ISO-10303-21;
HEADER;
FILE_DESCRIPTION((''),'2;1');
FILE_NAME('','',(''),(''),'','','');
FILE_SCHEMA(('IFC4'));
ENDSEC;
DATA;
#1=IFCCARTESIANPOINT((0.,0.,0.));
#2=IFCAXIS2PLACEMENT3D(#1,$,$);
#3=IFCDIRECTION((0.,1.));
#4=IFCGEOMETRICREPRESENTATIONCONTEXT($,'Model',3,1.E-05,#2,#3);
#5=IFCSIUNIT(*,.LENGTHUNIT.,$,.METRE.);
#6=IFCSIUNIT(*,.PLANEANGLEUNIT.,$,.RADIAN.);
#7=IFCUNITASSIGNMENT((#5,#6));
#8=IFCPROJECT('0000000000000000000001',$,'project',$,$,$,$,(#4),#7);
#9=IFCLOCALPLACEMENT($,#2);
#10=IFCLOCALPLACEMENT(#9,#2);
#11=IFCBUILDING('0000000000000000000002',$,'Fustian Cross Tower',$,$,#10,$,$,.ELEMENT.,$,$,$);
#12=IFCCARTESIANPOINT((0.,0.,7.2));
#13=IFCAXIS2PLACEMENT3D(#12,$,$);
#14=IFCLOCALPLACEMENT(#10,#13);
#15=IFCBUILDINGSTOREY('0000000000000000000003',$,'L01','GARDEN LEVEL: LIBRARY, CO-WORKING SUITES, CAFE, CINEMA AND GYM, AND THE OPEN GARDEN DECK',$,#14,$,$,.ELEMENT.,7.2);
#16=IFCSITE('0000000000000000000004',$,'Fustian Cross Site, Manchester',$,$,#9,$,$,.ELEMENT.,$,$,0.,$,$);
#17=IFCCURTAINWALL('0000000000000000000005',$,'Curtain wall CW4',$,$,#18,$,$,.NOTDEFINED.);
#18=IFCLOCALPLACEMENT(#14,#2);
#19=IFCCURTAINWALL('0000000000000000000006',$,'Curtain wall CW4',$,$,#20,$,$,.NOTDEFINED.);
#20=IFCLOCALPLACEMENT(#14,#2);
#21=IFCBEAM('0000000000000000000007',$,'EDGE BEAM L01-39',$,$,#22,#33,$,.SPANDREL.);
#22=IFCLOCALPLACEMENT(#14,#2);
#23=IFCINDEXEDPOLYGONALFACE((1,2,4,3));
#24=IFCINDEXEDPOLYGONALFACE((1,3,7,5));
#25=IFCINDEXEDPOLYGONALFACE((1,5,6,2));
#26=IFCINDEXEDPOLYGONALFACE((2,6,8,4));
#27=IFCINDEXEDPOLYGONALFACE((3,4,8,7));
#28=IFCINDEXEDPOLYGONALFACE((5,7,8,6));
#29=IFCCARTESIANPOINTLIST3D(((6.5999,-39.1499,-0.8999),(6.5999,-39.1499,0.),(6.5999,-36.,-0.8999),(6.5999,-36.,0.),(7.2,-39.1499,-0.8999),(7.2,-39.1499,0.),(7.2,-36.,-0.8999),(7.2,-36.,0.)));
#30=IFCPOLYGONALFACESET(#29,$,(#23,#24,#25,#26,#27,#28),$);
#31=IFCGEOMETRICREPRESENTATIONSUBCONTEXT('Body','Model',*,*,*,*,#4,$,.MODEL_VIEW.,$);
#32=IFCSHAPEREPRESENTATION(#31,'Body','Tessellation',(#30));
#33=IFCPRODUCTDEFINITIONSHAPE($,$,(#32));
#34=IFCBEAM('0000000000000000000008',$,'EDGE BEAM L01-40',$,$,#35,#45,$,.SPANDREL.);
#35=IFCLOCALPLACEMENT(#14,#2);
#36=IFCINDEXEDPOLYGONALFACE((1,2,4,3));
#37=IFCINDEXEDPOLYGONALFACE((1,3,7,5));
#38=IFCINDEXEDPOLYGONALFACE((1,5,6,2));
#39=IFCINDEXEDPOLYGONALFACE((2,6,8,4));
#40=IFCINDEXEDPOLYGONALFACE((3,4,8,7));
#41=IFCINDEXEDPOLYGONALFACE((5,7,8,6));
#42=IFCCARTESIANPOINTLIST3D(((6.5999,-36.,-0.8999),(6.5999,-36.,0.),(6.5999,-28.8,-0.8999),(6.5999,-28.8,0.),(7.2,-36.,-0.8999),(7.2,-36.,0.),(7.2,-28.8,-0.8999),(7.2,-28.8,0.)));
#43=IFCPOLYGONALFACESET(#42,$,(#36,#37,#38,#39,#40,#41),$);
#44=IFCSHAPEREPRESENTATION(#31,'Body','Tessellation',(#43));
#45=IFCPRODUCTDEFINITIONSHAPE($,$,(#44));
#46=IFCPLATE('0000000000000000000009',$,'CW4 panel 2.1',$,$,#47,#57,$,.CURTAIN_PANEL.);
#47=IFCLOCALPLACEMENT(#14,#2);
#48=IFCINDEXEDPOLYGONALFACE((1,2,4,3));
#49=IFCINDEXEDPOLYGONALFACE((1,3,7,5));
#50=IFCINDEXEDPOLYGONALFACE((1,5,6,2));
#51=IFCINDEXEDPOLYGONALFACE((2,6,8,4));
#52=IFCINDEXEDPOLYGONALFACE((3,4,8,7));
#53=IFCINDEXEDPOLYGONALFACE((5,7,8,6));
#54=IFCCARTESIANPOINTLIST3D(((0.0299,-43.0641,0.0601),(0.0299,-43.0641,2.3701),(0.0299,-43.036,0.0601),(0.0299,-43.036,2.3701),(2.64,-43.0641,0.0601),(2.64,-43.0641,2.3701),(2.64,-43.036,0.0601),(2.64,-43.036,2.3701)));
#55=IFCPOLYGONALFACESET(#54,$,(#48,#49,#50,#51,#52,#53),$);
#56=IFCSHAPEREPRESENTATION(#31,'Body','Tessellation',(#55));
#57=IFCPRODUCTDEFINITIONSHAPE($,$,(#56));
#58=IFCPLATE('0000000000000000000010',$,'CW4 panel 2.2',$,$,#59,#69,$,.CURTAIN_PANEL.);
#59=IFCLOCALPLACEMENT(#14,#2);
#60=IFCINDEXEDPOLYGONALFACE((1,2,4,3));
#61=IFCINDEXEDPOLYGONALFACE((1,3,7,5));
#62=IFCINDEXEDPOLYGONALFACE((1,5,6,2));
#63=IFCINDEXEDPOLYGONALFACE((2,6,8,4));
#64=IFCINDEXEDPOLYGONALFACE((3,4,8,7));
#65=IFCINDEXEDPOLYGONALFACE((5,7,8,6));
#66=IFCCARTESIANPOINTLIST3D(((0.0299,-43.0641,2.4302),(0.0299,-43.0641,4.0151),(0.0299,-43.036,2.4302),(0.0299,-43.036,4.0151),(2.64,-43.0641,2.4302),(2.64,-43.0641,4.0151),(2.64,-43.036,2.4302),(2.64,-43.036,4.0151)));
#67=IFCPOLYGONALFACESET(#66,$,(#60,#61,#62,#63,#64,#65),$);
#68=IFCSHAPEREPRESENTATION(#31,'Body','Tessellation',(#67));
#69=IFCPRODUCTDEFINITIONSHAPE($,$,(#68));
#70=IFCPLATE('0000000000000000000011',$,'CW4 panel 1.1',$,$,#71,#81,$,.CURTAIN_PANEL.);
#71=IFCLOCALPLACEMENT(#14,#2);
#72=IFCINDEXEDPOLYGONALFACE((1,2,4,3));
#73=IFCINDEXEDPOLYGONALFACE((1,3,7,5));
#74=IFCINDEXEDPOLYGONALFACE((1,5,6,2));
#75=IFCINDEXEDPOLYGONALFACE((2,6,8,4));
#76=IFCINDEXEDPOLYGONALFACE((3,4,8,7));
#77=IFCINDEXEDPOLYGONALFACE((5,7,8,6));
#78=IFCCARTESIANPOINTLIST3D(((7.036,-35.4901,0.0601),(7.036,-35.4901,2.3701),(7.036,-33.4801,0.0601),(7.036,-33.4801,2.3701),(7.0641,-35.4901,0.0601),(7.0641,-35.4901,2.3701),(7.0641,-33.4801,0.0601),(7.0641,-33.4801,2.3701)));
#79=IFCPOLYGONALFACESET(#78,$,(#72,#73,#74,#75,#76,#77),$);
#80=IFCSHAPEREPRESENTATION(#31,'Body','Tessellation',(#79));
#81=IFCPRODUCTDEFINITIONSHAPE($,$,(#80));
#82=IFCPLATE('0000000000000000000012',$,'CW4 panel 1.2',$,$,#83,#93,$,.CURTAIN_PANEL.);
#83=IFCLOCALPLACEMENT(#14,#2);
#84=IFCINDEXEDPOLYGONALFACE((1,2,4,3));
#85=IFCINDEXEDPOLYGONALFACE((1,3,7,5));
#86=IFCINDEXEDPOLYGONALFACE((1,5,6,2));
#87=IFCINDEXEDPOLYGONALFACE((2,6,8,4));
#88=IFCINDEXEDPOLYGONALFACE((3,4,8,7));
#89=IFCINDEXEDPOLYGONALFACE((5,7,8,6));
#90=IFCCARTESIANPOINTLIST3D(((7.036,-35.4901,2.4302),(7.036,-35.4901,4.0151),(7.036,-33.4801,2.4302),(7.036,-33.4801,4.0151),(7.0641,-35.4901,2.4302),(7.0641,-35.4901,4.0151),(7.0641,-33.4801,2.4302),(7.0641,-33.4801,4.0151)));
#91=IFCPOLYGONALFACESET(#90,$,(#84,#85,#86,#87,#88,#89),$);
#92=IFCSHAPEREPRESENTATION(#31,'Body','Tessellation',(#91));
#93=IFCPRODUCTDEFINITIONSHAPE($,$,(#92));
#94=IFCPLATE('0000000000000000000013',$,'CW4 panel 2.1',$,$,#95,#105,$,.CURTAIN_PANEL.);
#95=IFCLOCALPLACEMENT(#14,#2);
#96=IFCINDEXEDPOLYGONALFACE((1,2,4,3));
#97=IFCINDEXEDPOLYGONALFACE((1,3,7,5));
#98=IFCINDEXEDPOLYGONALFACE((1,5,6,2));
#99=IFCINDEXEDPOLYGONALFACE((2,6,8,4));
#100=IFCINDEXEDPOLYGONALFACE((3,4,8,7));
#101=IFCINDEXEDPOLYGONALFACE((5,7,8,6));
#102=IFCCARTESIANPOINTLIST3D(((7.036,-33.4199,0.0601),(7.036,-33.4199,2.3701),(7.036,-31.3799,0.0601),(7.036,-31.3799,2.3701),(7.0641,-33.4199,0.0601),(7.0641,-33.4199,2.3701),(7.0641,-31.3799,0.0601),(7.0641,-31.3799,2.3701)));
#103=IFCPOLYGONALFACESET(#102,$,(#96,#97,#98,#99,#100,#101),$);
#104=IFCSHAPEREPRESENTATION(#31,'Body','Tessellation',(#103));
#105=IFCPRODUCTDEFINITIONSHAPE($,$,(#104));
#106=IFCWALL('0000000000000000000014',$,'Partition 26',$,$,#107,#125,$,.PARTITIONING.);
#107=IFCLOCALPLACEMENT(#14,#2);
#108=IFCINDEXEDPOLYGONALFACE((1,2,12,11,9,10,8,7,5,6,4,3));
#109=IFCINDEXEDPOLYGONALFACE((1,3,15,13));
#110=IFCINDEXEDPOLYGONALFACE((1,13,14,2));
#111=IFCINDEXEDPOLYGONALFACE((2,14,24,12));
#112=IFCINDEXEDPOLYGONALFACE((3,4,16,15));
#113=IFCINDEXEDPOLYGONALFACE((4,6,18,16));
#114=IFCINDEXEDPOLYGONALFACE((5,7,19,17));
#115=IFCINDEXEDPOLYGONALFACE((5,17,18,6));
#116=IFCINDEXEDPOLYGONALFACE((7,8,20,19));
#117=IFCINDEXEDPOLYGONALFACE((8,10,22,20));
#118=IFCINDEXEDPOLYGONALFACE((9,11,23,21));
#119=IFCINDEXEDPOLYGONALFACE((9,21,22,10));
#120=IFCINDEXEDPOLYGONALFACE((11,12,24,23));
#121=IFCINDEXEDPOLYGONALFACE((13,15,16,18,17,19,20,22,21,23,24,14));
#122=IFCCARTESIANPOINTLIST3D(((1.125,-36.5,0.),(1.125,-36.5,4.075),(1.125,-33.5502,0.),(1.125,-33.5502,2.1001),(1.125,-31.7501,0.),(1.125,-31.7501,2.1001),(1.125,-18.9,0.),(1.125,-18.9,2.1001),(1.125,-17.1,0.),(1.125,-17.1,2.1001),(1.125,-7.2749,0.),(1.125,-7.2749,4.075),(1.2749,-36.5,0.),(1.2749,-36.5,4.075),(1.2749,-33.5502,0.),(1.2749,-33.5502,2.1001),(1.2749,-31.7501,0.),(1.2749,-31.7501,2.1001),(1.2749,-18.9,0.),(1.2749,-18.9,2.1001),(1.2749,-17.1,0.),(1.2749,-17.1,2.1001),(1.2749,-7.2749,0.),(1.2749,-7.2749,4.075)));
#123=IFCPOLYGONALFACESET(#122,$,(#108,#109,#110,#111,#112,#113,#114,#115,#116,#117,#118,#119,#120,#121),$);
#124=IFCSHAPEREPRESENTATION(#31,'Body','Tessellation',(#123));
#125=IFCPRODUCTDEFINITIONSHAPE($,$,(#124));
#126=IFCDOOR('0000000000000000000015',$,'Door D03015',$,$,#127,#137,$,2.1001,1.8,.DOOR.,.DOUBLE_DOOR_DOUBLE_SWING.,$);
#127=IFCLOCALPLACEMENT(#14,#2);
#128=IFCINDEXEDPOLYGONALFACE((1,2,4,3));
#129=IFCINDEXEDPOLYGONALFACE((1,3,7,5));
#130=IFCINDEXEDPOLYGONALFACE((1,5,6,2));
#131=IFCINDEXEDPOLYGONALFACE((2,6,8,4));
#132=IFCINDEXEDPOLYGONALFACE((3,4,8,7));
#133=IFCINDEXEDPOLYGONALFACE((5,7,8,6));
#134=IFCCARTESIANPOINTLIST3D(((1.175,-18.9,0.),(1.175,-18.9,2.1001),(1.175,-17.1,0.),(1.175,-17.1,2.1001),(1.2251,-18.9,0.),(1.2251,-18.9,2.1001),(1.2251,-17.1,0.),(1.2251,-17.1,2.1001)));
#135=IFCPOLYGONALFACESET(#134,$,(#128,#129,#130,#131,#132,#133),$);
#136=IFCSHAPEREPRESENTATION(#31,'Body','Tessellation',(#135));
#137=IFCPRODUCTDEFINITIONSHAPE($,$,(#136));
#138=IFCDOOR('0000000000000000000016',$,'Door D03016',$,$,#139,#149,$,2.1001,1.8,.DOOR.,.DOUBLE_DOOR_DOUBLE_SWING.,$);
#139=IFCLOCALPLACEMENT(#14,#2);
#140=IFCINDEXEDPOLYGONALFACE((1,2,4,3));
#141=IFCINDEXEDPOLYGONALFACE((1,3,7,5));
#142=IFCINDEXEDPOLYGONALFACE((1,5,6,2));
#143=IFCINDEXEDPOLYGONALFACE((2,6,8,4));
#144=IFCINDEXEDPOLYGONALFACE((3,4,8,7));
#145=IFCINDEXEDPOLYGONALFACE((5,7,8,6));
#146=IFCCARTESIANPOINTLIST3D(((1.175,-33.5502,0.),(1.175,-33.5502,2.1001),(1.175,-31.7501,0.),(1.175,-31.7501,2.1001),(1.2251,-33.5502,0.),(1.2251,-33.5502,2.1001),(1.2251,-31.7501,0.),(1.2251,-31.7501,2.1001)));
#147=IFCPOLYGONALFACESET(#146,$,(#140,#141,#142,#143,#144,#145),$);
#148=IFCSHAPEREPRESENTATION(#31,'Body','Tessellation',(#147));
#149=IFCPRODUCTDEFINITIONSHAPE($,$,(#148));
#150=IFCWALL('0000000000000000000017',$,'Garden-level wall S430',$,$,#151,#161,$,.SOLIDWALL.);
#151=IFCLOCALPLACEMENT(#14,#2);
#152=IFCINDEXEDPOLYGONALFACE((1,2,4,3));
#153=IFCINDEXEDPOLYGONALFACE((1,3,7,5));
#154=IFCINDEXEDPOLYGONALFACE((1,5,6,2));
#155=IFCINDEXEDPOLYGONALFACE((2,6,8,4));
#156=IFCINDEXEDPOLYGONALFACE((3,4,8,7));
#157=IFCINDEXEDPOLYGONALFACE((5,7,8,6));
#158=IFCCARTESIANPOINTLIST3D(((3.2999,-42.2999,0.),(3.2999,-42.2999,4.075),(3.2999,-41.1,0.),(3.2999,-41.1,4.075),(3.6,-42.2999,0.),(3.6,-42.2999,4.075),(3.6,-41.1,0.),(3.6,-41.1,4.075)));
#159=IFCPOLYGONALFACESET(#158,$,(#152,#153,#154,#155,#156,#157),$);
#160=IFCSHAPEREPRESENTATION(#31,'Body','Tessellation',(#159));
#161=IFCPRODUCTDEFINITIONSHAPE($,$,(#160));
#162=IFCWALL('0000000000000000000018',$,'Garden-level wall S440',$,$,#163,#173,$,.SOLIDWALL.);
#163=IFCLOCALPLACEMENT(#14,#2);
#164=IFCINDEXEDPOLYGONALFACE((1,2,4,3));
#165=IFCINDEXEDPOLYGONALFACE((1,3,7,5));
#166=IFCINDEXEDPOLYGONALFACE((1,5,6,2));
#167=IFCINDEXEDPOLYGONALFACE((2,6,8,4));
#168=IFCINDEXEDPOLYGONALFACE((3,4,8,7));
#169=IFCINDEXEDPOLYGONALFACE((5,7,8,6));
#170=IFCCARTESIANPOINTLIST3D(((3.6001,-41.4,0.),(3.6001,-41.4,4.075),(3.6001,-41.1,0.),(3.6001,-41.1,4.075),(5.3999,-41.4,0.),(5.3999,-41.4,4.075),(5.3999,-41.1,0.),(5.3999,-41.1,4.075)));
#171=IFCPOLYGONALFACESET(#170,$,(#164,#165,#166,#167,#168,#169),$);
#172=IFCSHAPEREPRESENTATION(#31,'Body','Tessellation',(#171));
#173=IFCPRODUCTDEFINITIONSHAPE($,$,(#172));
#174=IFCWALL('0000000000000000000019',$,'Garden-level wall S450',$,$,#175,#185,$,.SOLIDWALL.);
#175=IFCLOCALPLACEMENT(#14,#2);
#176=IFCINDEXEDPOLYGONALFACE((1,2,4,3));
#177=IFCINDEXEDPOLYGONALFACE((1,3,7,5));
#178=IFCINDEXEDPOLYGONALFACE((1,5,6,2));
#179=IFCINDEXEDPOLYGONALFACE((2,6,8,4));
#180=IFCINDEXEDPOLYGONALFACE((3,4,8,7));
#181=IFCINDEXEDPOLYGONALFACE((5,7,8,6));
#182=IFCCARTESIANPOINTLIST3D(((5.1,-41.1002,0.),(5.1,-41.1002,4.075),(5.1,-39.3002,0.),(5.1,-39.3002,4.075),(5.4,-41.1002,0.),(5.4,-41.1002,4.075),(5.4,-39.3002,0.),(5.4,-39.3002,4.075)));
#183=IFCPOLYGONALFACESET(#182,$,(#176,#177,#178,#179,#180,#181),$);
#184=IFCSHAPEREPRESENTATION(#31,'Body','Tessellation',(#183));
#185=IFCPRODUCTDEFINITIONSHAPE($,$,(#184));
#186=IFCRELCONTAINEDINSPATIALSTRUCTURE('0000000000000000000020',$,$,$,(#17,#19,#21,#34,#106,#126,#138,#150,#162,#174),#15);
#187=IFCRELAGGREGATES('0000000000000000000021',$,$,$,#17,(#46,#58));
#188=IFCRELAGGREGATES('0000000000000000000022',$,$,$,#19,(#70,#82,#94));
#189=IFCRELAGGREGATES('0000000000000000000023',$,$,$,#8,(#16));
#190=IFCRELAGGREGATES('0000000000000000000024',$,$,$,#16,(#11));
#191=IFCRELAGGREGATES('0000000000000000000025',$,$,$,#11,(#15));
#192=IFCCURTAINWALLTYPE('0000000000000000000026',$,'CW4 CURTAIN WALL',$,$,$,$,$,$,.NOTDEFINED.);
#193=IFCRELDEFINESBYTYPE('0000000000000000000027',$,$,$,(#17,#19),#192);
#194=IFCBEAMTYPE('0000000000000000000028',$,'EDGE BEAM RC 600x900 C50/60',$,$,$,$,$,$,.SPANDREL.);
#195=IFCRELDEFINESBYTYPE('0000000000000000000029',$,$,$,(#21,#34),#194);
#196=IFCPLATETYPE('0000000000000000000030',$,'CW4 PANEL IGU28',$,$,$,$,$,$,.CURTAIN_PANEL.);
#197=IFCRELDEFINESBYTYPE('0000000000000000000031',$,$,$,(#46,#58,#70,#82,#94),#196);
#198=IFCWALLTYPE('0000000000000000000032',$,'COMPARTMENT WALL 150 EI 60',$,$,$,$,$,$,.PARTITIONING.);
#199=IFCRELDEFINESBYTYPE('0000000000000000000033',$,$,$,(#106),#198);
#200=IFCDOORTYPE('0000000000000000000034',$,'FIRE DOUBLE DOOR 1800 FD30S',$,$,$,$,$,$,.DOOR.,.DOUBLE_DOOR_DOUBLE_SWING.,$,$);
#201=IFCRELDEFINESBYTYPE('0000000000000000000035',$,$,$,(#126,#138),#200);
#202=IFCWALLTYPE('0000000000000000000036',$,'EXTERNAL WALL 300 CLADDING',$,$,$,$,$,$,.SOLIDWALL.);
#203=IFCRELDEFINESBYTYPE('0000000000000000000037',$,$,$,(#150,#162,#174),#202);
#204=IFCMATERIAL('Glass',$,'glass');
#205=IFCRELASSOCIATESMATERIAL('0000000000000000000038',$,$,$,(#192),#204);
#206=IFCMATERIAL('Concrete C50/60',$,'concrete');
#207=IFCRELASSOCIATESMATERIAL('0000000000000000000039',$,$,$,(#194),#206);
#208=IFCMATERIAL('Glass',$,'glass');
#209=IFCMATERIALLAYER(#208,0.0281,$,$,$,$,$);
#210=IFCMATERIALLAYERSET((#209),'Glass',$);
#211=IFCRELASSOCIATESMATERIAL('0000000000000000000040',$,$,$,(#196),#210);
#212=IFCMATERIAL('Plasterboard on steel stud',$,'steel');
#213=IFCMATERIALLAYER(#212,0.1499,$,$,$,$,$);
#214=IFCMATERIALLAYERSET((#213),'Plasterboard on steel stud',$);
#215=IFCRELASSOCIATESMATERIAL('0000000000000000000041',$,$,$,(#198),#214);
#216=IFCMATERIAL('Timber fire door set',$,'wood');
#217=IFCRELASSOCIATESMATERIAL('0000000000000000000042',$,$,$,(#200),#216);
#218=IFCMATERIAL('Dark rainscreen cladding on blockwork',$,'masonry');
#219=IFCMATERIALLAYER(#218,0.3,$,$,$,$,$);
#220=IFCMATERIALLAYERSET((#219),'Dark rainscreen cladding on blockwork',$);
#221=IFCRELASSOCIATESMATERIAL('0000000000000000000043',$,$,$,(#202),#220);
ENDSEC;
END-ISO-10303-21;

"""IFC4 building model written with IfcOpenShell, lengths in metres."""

from ifc_helpers import new_model, si_unit, direction, frame, frame_2d, origin, origin_2d, place, context, subcontext, project, spatial, rectangle, extrude, material, layer, layer_set, material_profile, profile_set, type_object, element, fill, aggregate, save


model = new_model("IFC4")

# Units and contexts
model_context = context("Model", 3, precision=1e-05, world=origin(), true_north=direction((0.0, 1.0)))
body_context = subcontext(model_context, "Body", "Model", "MODEL_VIEW")
ifc_project = project(units=[si_unit("LENGTHUNIT", "METRE"), si_unit("PLANEANGLEUNIT", "RADIAN")], contexts=[model_context])

# Site, building, storey
site_placement = place(None, origin())
site = spatial("IfcSite", under=ifc_project, at=site_placement, Name="Fustian Cross Site, Manchester", CompositionType="ELEMENT", RefElevation=0.0)
building_placement = place(site_placement, origin())
building = spatial("IfcBuilding", under=site, at=building_placement, Name="Fustian Cross Tower", CompositionType="ELEMENT")
storey_placement = place(building_placement, frame((0.0, 0.0, 7.2)))
storey = spatial("IfcBuildingStorey", under=building, at=storey_placement, Name="L01", Description="GARDEN LEVEL: LIBRARY, CO-WORKING SUITES, CAFE, CINEMA AND GYM, AND THE OPEN GARDEN DECK", CompositionType="ELEMENT", Elevation=7.2)

# Curtain wall
ifc_material_1 = material(Name="Glass", Category="glass")
curtain_wall_type = type_object("IfcCurtainWallType", Name="CW4 CURTAIN WALL", PredefinedType="NOTDEFINED", material=ifc_material_1)
curtain_wall_1_placement = place(storey_placement, origin())
curtain_wall_1 = element("IfcCurtainWall", 1, at=curtain_wall_1_placement, inside=storey, type_object=curtain_wall_type, Name="Curtain wall CW4", PredefinedType="NOTDEFINED")

# Curtain wall
curtain_wall_2_placement = place(storey_placement, origin())
curtain_wall_2 = element("IfcCurtainWall", 2, at=curtain_wall_2_placement, inside=storey, type_object=curtain_wall_type, Name="Curtain wall CW4", PredefinedType="NOTDEFINED")

# Beams
ifc_material_2 = material(Name="Concrete C50/60", Category="concrete")
ifc_material_profile_1 = material_profile(ifc_material_2, rectangle(XDim=0.6001, YDim=0.8999, at=origin_2d()), Name="RC 600x900")
ifc_profile_set_1 = profile_set([ifc_material_profile_1], Name="Concrete C50/60")
beam_type = type_object("IfcBeamType", Name="EDGE BEAM RC 600x900 C50/60", PredefinedType="SPANDREL", material=ifc_profile_set_1)
beam_1_placement = place(storey_placement, frame((6.8999, -39.1499, -0.45), z_axis=(0.0, 1.0, 0.0), x_axis=(-1.0, 0.0, 0.0)))
element("IfcBeam", 3, at=beam_1_placement, inside=storey, type_object=beam_type, Name="EDGE BEAM L01-39", PredefinedType="SPANDREL", context=body_context, shape_type="SweptSolid", body=[
    extrude(rectangle(XDim=0.6001, YDim=0.8999, at=origin_2d()), origin(), (0.0, 0.0, 1.0), 3.1499),
])
beam_2_placement = place(storey_placement, frame((6.8999, -36.0, -0.45), z_axis=(0.0, 1.0, 0.0), x_axis=(-1.0, 0.0, 0.0)))
element("IfcBeam", 4, at=beam_2_placement, inside=storey, type_object=beam_type, Name="EDGE BEAM L01-40", PredefinedType="SPANDREL", context=body_context, shape_type="SweptSolid", body=[
    extrude(rectangle(XDim=0.6001, YDim=0.8999, at=origin_2d()), origin(), (0.0, 0.0, 1.0), 7.2),
])

# Plates
ifc_material_3 = material(Name="Glass", Category="glass")
ifc_layer_1 = layer(ifc_material_3, 0.0281)
ifc_layer_set_1 = layer_set([ifc_layer_1], Name="Glass")
plate_type = type_object("IfcPlateType", Name="CW4 PANEL IGU28", PredefinedType="CURTAIN_PANEL", material=ifc_layer_set_1)
plate_1_placement = place(storey_placement, frame((1.335, -43.05, 0.0601), z_axis=(0.0, 0.0, 1.0), x_axis=(1.0, 0.0, 0.0)))
plate_1 = element("IfcPlate", 5, at=plate_1_placement, type_object=plate_type, Name="CW4 panel 2.1", PredefinedType="CURTAIN_PANEL", context=body_context, shape_type="SweptSolid", body=[
    extrude(rectangle(XDim=2.6101, YDim=0.0281, at=origin_2d()), origin(), (0.0, 0.0, 1.0), 2.3101),
])
plate_2_placement = place(storey_placement, frame((1.335, -43.05, 2.4302), z_axis=(0.0, 0.0, 1.0), x_axis=(1.0, 0.0, 0.0)))
plate_2 = element("IfcPlate", 6, at=plate_2_placement, type_object=plate_type, Name="CW4 panel 2.2", PredefinedType="CURTAIN_PANEL", context=body_context, shape_type="SweptSolid", body=[
    extrude(rectangle(XDim=2.6101, YDim=0.0281, at=origin_2d()), origin(), (0.0, 0.0, 1.0), 1.585),
])
aggregate(curtain_wall_1, [plate_1, plate_2])
plate_3_placement = place(storey_placement, frame((7.05, -34.4851, 0.0601), z_axis=(0.0, 0.0, 1.0), x_axis=(0.0, 1.0, 0.0)))
plate_3 = element("IfcPlate", 7, at=plate_3_placement, type_object=plate_type, Name="CW4 panel 1.1", PredefinedType="CURTAIN_PANEL", context=body_context, shape_type="SweptSolid", body=[
    extrude(rectangle(XDim=2.01, YDim=0.0281, at=origin_2d()), origin(), (0.0, 0.0, 1.0), 2.3101),
])
plate_4_placement = place(storey_placement, frame((7.05, -34.4851, 2.4302), z_axis=(0.0, 0.0, 1.0), x_axis=(0.0, 1.0, 0.0)))
plate_4 = element("IfcPlate", 8, at=plate_4_placement, type_object=plate_type, Name="CW4 panel 1.2", PredefinedType="CURTAIN_PANEL", context=body_context, shape_type="SweptSolid", body=[
    extrude(rectangle(XDim=2.01, YDim=0.0281, at=origin_2d()), origin(), (0.0, 0.0, 1.0), 1.585),
])
plate_5_placement = place(storey_placement, frame((7.05, -32.3999, 0.0601), z_axis=(0.0, 0.0, 1.0), x_axis=(0.0, 1.0, 0.0)))
plate_5 = element("IfcPlate", 9, at=plate_5_placement, type_object=plate_type, Name="CW4 panel 2.1", PredefinedType="CURTAIN_PANEL", context=body_context, shape_type="SweptSolid", body=[
    extrude(rectangle(XDim=2.04, YDim=0.0281, at=origin_2d()), origin(), (0.0, 0.0, 1.0), 2.3101),
])
aggregate(curtain_wall_2, [plate_3, plate_4, plate_5])

# Wall, openings, doors
ifc_material_4 = material(Name="Plasterboard on steel stud", Category="steel")
ifc_layer_2 = layer(ifc_material_4, 0.1499)
ifc_layer_set_2 = layer_set([ifc_layer_2], Name="Plasterboard on steel stud")
wall_type_1 = type_object("IfcWallType", Name="COMPARTMENT WALL 150 EI 60", PredefinedType="PARTITIONING", material=ifc_layer_set_2)
wall_1_placement = place(storey_placement, frame((1.2, -36.5, 0.0), z_axis=(0.0, 0.0, 1.0), x_axis=(0.0, 1.0, 0.0)))
wall_1 = element("IfcWall", 10, at=wall_1_placement, inside=storey, type_object=wall_type_1, Name="Partition 26", PredefinedType="PARTITIONING", context=body_context, shape_type="SweptSolid", body=[
    extrude(rectangle(XDim=29.2251, YDim=0.1499, at=frame_2d((14.6125, 0.0))), origin(), (0.0, 0.0, 1.0), 4.075),
])
opening_1_placement = place(wall_1_placement, frame((17.6001, 0.0, 0.0)))
opening_1 = element("IfcOpeningElement", 11, at=opening_1_placement, cuts=wall_1, PredefinedType="OPENING", context=body_context, shape_type="SweptSolid", body=[
    extrude(rectangle(XDim=1.8, YDim=2.1001, at=frame_2d((0.8999, 1.05))), frame((0.0, 0.085, 0.0), z_axis=(0.0, -1.0, 0.0), x_axis=(1.0, 0.0, 0.0)), (0.0, 0.0, 1.0), 0.1699),
])
opening_2_placement = place(wall_1_placement, frame((2.95, 0.0, 0.0)))
opening_2 = element("IfcOpeningElement", 12, at=opening_2_placement, cuts=wall_1, PredefinedType="OPENING", context=body_context, shape_type="SweptSolid", body=[
    extrude(rectangle(XDim=1.8, YDim=2.1001, at=frame_2d((0.8999, 1.05))), frame((0.0, 0.085, 0.0), z_axis=(0.0, -1.0, 0.0), x_axis=(1.0, 0.0, 0.0)), (0.0, 0.0, 1.0), 0.1699),
])
ifc_material_5 = material(Name="Timber fire door set", Category="wood")
door_type = type_object("IfcDoorType", Name="FIRE DOUBLE DOOR 1800 FD30S", OperationType="DOUBLE_DOOR_DOUBLE_SWING", PredefinedType="DOOR", material=ifc_material_5)
door_1_placement = place(opening_1_placement, origin())
door_1 = element("IfcDoor", 13, at=door_1_placement, inside=storey, type_object=door_type, Name="Door D03015", OperationType="DOUBLE_DOOR_DOUBLE_SWING", OverallHeight=2.1001, OverallWidth=1.8, PredefinedType="DOOR", context=body_context, shape_type="SweptSolid", body=[
    extrude(rectangle(XDim=1.8, YDim=2.1001, at=frame_2d((0.8999, 1.05))), frame((0.0, 0.0249, 0.0), z_axis=(0.0, -1.0, 0.0), x_axis=(1.0, 0.0, 0.0)), (0.0, 0.0, 1.0), 0.05),
])
fill(opening_1, door_1)
door_2_placement = place(opening_2_placement, origin())
door_2 = element("IfcDoor", 14, at=door_2_placement, inside=storey, type_object=door_type, Name="Door D03016", OperationType="DOUBLE_DOOR_DOUBLE_SWING", OverallHeight=2.1001, OverallWidth=1.8, PredefinedType="DOOR", context=body_context, shape_type="SweptSolid", body=[
    extrude(rectangle(XDim=1.8, YDim=2.1001, at=frame_2d((0.8999, 1.05))), frame((0.0, 0.0249, 0.0), z_axis=(0.0, -1.0, 0.0), x_axis=(1.0, 0.0, 0.0)), (0.0, 0.0, 1.0), 0.05),
])
fill(opening_2, door_2)

# Walls
ifc_material_6 = material(Name="Dark rainscreen cladding on blockwork", Category="masonry")
ifc_layer_3 = layer(ifc_material_6, 0.3)
ifc_layer_set_3 = layer_set([ifc_layer_3], Name="Dark rainscreen cladding on blockwork")
wall_type_2 = type_object("IfcWallType", Name="EXTERNAL WALL 300 CLADDING", PredefinedType="SOLIDWALL", material=ifc_layer_set_3)
wall_2_placement = place(storey_placement, frame((3.45, -42.3, 0.0), z_axis=(0.0, 0.0, 1.0), x_axis=(0.0, 1.0, 0.0)))
element("IfcWall", 15, at=wall_2_placement, inside=storey, type_object=wall_type_2, Name="Garden-level wall S430", PredefinedType="SOLIDWALL", context=body_context, shape_type="SweptSolid", body=[
    extrude(rectangle(XDim=1.2, YDim=0.3, at=frame_2d((0.6001, 0.0))), origin(), (0.0, 0.0, 1.0), 4.075),
])
wall_3_placement = place(storey_placement, frame((3.6001, -41.25, 0.0), z_axis=(0.0, 0.0, 1.0), x_axis=(1.0, 0.0, 0.0)))
element("IfcWall", 16, at=wall_3_placement, inside=storey, type_object=wall_type_2, Name="Garden-level wall S440", PredefinedType="SOLIDWALL", context=body_context, shape_type="SweptSolid", body=[
    extrude(rectangle(XDim=1.7998, YDim=0.3, at=frame_2d((0.8999, 0.0))), origin(), (0.0, 0.0, 1.0), 4.075),
])
wall_4_placement = place(storey_placement, frame((5.25, -41.1001, 0.0), z_axis=(0.0, 0.0, 1.0), x_axis=(0.0, 1.0, 0.0)))
element("IfcWall", 17, at=wall_4_placement, inside=storey, type_object=wall_type_2, Name="Garden-level wall S450", PredefinedType="SOLIDWALL", context=body_context, shape_type="SweptSolid", body=[
    extrude(rectangle(XDim=1.8, YDim=0.3, at=frame_2d((0.8999, 0.0))), origin(), (0.0, 0.0, 1.0), 4.075),
])

save(model, "model.ifc")
